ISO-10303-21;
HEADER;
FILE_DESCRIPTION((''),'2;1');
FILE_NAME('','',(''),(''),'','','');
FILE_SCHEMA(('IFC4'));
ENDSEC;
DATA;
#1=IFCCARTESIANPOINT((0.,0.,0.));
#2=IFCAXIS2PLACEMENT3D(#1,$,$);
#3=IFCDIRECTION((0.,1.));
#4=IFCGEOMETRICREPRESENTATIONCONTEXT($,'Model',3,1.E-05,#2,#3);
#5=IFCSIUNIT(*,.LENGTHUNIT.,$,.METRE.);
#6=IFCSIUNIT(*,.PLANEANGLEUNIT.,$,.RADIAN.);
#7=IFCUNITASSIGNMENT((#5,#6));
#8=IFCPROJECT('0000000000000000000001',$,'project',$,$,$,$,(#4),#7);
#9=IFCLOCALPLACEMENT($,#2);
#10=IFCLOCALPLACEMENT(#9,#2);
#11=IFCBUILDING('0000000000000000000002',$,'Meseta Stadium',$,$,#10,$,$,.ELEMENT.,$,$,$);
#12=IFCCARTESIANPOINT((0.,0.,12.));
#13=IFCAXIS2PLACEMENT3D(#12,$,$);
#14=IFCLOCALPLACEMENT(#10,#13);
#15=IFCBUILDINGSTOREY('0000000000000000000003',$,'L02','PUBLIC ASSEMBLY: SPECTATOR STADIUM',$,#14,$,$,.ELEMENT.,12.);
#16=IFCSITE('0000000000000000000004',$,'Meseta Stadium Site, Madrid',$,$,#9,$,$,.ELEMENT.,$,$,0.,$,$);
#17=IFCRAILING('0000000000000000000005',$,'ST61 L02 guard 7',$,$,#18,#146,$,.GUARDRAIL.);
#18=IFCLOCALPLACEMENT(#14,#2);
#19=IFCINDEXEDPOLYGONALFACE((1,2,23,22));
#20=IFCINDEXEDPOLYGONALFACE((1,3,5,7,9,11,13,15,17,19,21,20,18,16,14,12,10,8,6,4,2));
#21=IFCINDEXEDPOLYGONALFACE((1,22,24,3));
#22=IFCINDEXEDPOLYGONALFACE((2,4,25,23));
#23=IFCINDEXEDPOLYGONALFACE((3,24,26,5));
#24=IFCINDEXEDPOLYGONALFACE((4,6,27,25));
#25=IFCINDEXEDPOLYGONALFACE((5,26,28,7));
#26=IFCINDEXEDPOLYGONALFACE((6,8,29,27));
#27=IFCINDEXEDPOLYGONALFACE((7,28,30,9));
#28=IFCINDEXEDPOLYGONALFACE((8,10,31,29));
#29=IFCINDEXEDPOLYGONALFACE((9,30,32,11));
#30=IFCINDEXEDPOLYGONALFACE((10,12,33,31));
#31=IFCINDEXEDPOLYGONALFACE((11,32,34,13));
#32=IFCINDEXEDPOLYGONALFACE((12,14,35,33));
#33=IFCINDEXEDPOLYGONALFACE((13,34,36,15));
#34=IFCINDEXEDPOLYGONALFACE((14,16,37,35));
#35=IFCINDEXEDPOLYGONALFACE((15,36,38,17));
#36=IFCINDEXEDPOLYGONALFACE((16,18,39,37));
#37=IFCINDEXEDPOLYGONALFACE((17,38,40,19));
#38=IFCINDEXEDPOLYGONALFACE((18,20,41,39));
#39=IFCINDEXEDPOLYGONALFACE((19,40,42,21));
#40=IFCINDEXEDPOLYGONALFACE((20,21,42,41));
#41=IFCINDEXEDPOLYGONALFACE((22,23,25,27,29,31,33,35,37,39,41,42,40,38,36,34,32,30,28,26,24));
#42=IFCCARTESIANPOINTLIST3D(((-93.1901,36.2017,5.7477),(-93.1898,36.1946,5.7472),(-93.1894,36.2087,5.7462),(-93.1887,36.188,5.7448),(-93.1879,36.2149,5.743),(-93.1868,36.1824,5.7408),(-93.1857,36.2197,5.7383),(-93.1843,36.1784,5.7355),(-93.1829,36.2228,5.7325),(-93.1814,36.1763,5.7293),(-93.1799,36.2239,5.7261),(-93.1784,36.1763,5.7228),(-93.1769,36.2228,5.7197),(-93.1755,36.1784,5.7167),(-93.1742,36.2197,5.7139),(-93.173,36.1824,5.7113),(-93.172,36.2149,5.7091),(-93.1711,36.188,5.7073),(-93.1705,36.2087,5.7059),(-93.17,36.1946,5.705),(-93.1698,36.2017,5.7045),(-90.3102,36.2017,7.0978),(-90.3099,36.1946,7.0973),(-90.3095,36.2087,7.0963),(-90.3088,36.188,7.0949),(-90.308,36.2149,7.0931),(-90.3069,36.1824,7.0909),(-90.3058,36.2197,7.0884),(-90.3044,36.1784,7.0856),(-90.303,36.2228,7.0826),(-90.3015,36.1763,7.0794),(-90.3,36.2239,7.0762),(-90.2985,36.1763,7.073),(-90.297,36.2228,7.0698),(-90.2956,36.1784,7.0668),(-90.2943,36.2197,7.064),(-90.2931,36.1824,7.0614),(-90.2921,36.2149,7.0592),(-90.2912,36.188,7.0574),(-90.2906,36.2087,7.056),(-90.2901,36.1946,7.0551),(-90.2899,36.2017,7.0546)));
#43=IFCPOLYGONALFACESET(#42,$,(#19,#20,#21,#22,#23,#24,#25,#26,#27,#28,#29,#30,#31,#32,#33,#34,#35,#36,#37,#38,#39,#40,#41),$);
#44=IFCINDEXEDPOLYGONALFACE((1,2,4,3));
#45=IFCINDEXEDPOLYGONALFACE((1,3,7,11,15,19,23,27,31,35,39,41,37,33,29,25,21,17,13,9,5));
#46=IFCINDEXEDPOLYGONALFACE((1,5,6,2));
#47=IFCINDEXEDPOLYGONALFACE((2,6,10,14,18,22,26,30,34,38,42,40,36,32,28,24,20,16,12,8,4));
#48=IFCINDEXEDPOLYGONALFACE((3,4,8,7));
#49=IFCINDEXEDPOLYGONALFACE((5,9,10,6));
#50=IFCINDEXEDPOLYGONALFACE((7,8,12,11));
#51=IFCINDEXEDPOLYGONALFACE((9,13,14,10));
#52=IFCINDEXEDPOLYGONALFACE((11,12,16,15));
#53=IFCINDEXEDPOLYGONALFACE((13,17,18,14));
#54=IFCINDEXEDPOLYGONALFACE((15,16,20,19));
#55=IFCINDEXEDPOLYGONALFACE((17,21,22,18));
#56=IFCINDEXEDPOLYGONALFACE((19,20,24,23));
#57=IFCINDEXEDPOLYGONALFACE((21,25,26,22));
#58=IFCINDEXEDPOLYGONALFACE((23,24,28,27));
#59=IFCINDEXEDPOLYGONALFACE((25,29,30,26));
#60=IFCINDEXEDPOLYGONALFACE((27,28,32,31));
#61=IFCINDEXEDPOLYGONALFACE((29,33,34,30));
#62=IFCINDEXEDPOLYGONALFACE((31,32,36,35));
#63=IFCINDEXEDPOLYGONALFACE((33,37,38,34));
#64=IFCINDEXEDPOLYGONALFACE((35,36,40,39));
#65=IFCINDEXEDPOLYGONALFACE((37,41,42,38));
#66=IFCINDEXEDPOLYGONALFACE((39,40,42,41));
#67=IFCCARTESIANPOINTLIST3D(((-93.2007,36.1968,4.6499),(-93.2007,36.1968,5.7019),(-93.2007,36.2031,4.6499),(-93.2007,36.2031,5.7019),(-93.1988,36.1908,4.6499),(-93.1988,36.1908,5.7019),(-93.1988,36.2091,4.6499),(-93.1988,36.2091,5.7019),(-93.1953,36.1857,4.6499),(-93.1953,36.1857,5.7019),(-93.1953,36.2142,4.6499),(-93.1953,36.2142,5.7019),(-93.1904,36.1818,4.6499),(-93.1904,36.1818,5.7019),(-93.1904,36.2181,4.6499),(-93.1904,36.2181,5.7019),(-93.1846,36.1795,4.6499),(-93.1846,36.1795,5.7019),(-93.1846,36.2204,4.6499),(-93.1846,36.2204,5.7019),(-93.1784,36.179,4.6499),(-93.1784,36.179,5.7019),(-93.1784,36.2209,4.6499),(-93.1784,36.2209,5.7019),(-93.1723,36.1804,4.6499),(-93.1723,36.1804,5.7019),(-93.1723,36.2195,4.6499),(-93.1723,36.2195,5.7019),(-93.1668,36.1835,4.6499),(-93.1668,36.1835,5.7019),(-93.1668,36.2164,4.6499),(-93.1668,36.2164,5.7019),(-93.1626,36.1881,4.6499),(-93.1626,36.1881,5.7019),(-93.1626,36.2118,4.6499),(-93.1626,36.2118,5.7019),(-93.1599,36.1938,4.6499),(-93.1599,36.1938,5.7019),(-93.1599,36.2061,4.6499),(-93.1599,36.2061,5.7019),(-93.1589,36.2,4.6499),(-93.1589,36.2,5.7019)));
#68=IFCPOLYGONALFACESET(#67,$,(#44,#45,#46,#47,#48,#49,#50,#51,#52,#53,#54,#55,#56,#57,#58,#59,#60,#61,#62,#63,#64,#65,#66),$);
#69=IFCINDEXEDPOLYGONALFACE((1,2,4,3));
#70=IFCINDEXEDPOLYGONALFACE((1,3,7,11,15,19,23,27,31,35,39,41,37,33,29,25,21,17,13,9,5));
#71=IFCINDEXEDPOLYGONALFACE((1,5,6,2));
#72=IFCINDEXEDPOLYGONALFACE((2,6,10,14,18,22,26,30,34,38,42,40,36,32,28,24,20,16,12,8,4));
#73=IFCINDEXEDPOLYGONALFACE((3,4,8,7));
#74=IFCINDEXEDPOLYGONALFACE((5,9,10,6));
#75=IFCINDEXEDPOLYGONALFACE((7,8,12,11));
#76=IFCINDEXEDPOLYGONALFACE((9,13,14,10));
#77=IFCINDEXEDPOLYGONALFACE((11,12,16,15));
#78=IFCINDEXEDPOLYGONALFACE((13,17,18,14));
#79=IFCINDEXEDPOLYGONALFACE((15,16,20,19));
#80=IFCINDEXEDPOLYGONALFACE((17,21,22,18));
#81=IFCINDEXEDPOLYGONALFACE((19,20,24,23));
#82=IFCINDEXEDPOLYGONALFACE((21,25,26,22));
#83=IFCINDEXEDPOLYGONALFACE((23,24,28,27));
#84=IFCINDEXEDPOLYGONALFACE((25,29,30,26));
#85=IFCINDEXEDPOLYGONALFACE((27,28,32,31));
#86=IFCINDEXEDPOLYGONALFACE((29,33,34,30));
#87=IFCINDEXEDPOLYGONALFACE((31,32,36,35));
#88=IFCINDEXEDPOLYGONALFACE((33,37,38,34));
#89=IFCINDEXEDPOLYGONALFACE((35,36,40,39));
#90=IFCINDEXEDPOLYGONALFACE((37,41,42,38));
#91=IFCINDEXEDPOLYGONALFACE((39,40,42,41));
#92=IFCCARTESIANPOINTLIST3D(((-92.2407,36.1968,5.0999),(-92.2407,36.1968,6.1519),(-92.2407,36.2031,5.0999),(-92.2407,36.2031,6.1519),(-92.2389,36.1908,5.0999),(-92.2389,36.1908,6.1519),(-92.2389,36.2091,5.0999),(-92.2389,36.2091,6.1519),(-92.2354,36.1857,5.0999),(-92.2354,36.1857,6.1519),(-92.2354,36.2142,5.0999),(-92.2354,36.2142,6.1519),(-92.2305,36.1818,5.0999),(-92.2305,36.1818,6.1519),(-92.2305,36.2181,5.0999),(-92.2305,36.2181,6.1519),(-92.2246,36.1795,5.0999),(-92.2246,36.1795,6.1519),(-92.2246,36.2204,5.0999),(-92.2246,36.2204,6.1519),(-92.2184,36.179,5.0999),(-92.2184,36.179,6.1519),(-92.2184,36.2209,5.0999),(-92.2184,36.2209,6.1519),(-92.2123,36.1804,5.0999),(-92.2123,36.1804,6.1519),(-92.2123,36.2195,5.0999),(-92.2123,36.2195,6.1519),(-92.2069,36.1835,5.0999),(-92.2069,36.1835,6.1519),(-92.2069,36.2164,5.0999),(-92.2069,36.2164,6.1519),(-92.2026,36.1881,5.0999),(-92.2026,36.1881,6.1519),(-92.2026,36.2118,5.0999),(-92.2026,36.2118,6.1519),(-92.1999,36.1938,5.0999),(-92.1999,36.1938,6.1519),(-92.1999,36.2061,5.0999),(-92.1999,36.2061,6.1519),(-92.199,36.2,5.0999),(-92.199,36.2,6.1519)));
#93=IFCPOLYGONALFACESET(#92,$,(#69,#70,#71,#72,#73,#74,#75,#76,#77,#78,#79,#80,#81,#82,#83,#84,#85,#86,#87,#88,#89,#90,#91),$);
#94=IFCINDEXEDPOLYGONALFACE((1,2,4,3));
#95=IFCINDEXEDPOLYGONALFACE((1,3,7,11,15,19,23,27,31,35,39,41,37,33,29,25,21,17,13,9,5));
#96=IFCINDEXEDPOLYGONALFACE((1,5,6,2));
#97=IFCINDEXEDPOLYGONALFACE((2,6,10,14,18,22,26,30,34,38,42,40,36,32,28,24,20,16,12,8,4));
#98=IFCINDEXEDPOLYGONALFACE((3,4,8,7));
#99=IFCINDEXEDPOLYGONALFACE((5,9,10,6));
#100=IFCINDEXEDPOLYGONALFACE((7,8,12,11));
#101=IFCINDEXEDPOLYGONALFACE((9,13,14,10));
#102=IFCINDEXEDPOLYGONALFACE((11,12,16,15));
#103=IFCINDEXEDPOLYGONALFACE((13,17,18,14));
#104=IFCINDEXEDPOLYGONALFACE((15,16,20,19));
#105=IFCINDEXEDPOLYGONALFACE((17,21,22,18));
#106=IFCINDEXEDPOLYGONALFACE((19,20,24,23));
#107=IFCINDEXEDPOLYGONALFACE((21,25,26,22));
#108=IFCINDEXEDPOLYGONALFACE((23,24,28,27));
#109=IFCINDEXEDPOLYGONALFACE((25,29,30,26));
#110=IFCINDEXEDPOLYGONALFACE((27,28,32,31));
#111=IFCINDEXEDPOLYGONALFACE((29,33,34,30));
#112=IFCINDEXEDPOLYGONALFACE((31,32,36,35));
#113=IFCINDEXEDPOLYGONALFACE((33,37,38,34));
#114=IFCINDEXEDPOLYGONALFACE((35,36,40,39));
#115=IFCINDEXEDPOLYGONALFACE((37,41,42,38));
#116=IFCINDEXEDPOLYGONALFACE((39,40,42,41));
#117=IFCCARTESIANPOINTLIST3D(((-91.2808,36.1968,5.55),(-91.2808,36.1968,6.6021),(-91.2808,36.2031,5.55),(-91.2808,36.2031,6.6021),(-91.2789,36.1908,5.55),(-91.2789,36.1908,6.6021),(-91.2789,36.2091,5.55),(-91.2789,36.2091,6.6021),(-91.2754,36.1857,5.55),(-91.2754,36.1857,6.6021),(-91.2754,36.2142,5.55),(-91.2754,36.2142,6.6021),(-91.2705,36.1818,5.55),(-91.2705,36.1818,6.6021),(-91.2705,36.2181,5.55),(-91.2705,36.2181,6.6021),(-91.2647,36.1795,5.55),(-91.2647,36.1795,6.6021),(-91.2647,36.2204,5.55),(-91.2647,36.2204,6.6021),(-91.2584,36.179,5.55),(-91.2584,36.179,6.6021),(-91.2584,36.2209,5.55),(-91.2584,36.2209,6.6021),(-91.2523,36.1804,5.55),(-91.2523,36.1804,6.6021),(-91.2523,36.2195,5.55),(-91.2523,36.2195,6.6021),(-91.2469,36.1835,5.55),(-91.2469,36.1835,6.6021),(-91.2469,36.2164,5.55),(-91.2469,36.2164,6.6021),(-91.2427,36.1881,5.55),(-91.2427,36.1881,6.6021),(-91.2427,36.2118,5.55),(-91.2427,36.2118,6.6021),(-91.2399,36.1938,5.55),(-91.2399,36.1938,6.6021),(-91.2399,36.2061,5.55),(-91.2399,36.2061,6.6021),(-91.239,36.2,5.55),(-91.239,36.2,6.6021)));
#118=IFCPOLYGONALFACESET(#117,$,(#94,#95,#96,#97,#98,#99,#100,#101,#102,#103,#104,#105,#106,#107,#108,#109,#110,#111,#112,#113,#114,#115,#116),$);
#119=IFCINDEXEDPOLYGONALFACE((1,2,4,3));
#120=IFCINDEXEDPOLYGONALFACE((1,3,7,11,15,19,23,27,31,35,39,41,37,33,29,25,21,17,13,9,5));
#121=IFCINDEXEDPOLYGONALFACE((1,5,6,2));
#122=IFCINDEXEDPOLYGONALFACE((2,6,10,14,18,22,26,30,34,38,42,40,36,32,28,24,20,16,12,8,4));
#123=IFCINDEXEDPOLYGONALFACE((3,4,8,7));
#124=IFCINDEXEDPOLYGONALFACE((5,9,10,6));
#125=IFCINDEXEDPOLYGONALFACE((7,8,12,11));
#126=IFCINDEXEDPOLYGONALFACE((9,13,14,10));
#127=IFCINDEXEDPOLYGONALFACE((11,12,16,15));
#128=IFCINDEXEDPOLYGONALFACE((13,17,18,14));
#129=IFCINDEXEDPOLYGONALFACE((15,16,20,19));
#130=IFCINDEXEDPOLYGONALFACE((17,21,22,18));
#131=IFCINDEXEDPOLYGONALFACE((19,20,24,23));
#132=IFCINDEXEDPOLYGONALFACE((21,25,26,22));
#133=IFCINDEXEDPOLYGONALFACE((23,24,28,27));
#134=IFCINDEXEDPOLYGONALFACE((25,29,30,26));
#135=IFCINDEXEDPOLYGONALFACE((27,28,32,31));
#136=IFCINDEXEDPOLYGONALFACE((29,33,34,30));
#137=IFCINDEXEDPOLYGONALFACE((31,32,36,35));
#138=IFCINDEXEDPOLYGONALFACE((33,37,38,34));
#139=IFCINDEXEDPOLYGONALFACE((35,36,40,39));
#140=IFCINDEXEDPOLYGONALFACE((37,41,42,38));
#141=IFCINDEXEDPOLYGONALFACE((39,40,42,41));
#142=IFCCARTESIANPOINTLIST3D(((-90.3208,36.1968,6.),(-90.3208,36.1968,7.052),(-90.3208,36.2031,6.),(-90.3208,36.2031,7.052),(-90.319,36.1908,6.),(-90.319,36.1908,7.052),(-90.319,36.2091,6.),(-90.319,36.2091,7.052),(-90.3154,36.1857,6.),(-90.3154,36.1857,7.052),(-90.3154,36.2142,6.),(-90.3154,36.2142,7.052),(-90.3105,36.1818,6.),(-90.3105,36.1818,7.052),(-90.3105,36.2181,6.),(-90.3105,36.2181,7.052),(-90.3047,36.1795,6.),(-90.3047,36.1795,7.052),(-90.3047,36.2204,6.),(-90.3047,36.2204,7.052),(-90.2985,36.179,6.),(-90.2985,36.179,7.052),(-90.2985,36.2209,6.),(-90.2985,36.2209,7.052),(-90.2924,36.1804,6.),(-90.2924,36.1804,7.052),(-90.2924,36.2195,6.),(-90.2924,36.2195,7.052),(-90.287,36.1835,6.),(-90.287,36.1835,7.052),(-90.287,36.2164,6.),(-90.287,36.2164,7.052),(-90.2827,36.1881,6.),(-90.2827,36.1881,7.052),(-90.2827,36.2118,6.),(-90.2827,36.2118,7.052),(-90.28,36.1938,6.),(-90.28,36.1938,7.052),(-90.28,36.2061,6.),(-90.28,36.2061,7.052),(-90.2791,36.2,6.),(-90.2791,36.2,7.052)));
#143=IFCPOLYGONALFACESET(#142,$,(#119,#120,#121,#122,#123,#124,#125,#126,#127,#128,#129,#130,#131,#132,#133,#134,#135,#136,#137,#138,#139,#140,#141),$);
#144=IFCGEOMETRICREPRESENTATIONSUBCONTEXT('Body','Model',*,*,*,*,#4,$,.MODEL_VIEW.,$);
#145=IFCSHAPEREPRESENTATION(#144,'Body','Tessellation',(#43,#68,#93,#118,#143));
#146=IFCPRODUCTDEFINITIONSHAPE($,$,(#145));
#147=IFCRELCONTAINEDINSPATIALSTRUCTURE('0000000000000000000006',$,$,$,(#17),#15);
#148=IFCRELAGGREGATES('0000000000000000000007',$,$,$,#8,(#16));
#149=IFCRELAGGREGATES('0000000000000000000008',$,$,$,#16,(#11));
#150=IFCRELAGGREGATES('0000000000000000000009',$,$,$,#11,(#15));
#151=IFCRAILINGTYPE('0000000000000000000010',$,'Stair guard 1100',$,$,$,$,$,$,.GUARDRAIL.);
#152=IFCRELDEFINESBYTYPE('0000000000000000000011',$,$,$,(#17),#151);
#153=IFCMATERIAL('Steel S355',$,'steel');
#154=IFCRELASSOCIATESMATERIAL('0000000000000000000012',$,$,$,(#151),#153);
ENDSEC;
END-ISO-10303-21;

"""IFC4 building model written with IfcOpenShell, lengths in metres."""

from ifc_helpers import new_model, si_unit, direction, frame, origin, origin_2d, place, context, subcontext, project, spatial, circle, extrude, material, type_object, element, save


model = new_model("IFC4")

# Units and contexts
model_context = context("Model", 3, precision=1e-05, world=origin(), true_north=direction((0.0, 1.0)))
body_context = subcontext(model_context, "Body", "Model", "MODEL_VIEW")
ifc_project = project(units=[si_unit("LENGTHUNIT", "METRE"), si_unit("PLANEANGLEUNIT", "RADIAN")], contexts=[model_context])

# Site, building, storey
site_placement = place(None, origin())
site = spatial("IfcSite", under=ifc_project, at=site_placement, Name="Meseta Stadium Site, Madrid", CompositionType="ELEMENT", RefElevation=0.0)
building_placement = place(site_placement, origin())
building = spatial("IfcBuilding", under=site, at=building_placement, Name="Meseta Stadium", CompositionType="ELEMENT")
storey_placement = place(building_placement, frame((0.0, 0.0, 12.0)))
storey = spatial("IfcBuildingStorey", under=building, at=storey_placement, Name="L02", Description="PUBLIC ASSEMBLY: SPECTATOR STADIUM", CompositionType="ELEMENT", Elevation=12.0)

# Railing
ifc_material_1 = material(Name="Steel S355", Category="steel")
railing_type_1 = type_object("IfcRailingType", Name="Stair guard 1100", PredefinedType="GUARDRAIL", material=ifc_material_1)
railing_1_placement = place(storey_placement, frame((-93.1799, 36.2, 4.6499)))
element("IfcRailing", 1, at=railing_1_placement, inside=storey, type_object=railing_type_1, Name="ST61 L02 guard 7", PredefinedType="GUARDRAIL", context=body_context, shape_type="SweptSolid", body=[
    extrude(circle(Radius=0.0239, at=origin_2d()), frame((0.0, 0.0, 1.0762), z_axis=(0.90544, 0.0, 0.424473), x_axis=(0.0, 1.0, 0.0)), (0.0, 0.0, 1.0), 3.1807),
    extrude(circle(Radius=0.021, at=origin_2d()), origin(), (0.0, 0.0, 1.0), 1.052),
    extrude(circle(Radius=0.021, at=origin_2d()), frame((0.96, 0.0, 0.45)), (0.0, 0.0, 1.0), 1.052),
    extrude(circle(Radius=0.021, at=origin_2d()), frame((1.9199, 0.0, 0.9001)), (0.0, 0.0, 1.0), 1.052),
    extrude(circle(Radius=0.021, at=origin_2d()), frame((2.8799, 0.0, 1.3501)), (0.0, 0.0, 1.0), 1.052),
])

save(model, "model.ifc")
